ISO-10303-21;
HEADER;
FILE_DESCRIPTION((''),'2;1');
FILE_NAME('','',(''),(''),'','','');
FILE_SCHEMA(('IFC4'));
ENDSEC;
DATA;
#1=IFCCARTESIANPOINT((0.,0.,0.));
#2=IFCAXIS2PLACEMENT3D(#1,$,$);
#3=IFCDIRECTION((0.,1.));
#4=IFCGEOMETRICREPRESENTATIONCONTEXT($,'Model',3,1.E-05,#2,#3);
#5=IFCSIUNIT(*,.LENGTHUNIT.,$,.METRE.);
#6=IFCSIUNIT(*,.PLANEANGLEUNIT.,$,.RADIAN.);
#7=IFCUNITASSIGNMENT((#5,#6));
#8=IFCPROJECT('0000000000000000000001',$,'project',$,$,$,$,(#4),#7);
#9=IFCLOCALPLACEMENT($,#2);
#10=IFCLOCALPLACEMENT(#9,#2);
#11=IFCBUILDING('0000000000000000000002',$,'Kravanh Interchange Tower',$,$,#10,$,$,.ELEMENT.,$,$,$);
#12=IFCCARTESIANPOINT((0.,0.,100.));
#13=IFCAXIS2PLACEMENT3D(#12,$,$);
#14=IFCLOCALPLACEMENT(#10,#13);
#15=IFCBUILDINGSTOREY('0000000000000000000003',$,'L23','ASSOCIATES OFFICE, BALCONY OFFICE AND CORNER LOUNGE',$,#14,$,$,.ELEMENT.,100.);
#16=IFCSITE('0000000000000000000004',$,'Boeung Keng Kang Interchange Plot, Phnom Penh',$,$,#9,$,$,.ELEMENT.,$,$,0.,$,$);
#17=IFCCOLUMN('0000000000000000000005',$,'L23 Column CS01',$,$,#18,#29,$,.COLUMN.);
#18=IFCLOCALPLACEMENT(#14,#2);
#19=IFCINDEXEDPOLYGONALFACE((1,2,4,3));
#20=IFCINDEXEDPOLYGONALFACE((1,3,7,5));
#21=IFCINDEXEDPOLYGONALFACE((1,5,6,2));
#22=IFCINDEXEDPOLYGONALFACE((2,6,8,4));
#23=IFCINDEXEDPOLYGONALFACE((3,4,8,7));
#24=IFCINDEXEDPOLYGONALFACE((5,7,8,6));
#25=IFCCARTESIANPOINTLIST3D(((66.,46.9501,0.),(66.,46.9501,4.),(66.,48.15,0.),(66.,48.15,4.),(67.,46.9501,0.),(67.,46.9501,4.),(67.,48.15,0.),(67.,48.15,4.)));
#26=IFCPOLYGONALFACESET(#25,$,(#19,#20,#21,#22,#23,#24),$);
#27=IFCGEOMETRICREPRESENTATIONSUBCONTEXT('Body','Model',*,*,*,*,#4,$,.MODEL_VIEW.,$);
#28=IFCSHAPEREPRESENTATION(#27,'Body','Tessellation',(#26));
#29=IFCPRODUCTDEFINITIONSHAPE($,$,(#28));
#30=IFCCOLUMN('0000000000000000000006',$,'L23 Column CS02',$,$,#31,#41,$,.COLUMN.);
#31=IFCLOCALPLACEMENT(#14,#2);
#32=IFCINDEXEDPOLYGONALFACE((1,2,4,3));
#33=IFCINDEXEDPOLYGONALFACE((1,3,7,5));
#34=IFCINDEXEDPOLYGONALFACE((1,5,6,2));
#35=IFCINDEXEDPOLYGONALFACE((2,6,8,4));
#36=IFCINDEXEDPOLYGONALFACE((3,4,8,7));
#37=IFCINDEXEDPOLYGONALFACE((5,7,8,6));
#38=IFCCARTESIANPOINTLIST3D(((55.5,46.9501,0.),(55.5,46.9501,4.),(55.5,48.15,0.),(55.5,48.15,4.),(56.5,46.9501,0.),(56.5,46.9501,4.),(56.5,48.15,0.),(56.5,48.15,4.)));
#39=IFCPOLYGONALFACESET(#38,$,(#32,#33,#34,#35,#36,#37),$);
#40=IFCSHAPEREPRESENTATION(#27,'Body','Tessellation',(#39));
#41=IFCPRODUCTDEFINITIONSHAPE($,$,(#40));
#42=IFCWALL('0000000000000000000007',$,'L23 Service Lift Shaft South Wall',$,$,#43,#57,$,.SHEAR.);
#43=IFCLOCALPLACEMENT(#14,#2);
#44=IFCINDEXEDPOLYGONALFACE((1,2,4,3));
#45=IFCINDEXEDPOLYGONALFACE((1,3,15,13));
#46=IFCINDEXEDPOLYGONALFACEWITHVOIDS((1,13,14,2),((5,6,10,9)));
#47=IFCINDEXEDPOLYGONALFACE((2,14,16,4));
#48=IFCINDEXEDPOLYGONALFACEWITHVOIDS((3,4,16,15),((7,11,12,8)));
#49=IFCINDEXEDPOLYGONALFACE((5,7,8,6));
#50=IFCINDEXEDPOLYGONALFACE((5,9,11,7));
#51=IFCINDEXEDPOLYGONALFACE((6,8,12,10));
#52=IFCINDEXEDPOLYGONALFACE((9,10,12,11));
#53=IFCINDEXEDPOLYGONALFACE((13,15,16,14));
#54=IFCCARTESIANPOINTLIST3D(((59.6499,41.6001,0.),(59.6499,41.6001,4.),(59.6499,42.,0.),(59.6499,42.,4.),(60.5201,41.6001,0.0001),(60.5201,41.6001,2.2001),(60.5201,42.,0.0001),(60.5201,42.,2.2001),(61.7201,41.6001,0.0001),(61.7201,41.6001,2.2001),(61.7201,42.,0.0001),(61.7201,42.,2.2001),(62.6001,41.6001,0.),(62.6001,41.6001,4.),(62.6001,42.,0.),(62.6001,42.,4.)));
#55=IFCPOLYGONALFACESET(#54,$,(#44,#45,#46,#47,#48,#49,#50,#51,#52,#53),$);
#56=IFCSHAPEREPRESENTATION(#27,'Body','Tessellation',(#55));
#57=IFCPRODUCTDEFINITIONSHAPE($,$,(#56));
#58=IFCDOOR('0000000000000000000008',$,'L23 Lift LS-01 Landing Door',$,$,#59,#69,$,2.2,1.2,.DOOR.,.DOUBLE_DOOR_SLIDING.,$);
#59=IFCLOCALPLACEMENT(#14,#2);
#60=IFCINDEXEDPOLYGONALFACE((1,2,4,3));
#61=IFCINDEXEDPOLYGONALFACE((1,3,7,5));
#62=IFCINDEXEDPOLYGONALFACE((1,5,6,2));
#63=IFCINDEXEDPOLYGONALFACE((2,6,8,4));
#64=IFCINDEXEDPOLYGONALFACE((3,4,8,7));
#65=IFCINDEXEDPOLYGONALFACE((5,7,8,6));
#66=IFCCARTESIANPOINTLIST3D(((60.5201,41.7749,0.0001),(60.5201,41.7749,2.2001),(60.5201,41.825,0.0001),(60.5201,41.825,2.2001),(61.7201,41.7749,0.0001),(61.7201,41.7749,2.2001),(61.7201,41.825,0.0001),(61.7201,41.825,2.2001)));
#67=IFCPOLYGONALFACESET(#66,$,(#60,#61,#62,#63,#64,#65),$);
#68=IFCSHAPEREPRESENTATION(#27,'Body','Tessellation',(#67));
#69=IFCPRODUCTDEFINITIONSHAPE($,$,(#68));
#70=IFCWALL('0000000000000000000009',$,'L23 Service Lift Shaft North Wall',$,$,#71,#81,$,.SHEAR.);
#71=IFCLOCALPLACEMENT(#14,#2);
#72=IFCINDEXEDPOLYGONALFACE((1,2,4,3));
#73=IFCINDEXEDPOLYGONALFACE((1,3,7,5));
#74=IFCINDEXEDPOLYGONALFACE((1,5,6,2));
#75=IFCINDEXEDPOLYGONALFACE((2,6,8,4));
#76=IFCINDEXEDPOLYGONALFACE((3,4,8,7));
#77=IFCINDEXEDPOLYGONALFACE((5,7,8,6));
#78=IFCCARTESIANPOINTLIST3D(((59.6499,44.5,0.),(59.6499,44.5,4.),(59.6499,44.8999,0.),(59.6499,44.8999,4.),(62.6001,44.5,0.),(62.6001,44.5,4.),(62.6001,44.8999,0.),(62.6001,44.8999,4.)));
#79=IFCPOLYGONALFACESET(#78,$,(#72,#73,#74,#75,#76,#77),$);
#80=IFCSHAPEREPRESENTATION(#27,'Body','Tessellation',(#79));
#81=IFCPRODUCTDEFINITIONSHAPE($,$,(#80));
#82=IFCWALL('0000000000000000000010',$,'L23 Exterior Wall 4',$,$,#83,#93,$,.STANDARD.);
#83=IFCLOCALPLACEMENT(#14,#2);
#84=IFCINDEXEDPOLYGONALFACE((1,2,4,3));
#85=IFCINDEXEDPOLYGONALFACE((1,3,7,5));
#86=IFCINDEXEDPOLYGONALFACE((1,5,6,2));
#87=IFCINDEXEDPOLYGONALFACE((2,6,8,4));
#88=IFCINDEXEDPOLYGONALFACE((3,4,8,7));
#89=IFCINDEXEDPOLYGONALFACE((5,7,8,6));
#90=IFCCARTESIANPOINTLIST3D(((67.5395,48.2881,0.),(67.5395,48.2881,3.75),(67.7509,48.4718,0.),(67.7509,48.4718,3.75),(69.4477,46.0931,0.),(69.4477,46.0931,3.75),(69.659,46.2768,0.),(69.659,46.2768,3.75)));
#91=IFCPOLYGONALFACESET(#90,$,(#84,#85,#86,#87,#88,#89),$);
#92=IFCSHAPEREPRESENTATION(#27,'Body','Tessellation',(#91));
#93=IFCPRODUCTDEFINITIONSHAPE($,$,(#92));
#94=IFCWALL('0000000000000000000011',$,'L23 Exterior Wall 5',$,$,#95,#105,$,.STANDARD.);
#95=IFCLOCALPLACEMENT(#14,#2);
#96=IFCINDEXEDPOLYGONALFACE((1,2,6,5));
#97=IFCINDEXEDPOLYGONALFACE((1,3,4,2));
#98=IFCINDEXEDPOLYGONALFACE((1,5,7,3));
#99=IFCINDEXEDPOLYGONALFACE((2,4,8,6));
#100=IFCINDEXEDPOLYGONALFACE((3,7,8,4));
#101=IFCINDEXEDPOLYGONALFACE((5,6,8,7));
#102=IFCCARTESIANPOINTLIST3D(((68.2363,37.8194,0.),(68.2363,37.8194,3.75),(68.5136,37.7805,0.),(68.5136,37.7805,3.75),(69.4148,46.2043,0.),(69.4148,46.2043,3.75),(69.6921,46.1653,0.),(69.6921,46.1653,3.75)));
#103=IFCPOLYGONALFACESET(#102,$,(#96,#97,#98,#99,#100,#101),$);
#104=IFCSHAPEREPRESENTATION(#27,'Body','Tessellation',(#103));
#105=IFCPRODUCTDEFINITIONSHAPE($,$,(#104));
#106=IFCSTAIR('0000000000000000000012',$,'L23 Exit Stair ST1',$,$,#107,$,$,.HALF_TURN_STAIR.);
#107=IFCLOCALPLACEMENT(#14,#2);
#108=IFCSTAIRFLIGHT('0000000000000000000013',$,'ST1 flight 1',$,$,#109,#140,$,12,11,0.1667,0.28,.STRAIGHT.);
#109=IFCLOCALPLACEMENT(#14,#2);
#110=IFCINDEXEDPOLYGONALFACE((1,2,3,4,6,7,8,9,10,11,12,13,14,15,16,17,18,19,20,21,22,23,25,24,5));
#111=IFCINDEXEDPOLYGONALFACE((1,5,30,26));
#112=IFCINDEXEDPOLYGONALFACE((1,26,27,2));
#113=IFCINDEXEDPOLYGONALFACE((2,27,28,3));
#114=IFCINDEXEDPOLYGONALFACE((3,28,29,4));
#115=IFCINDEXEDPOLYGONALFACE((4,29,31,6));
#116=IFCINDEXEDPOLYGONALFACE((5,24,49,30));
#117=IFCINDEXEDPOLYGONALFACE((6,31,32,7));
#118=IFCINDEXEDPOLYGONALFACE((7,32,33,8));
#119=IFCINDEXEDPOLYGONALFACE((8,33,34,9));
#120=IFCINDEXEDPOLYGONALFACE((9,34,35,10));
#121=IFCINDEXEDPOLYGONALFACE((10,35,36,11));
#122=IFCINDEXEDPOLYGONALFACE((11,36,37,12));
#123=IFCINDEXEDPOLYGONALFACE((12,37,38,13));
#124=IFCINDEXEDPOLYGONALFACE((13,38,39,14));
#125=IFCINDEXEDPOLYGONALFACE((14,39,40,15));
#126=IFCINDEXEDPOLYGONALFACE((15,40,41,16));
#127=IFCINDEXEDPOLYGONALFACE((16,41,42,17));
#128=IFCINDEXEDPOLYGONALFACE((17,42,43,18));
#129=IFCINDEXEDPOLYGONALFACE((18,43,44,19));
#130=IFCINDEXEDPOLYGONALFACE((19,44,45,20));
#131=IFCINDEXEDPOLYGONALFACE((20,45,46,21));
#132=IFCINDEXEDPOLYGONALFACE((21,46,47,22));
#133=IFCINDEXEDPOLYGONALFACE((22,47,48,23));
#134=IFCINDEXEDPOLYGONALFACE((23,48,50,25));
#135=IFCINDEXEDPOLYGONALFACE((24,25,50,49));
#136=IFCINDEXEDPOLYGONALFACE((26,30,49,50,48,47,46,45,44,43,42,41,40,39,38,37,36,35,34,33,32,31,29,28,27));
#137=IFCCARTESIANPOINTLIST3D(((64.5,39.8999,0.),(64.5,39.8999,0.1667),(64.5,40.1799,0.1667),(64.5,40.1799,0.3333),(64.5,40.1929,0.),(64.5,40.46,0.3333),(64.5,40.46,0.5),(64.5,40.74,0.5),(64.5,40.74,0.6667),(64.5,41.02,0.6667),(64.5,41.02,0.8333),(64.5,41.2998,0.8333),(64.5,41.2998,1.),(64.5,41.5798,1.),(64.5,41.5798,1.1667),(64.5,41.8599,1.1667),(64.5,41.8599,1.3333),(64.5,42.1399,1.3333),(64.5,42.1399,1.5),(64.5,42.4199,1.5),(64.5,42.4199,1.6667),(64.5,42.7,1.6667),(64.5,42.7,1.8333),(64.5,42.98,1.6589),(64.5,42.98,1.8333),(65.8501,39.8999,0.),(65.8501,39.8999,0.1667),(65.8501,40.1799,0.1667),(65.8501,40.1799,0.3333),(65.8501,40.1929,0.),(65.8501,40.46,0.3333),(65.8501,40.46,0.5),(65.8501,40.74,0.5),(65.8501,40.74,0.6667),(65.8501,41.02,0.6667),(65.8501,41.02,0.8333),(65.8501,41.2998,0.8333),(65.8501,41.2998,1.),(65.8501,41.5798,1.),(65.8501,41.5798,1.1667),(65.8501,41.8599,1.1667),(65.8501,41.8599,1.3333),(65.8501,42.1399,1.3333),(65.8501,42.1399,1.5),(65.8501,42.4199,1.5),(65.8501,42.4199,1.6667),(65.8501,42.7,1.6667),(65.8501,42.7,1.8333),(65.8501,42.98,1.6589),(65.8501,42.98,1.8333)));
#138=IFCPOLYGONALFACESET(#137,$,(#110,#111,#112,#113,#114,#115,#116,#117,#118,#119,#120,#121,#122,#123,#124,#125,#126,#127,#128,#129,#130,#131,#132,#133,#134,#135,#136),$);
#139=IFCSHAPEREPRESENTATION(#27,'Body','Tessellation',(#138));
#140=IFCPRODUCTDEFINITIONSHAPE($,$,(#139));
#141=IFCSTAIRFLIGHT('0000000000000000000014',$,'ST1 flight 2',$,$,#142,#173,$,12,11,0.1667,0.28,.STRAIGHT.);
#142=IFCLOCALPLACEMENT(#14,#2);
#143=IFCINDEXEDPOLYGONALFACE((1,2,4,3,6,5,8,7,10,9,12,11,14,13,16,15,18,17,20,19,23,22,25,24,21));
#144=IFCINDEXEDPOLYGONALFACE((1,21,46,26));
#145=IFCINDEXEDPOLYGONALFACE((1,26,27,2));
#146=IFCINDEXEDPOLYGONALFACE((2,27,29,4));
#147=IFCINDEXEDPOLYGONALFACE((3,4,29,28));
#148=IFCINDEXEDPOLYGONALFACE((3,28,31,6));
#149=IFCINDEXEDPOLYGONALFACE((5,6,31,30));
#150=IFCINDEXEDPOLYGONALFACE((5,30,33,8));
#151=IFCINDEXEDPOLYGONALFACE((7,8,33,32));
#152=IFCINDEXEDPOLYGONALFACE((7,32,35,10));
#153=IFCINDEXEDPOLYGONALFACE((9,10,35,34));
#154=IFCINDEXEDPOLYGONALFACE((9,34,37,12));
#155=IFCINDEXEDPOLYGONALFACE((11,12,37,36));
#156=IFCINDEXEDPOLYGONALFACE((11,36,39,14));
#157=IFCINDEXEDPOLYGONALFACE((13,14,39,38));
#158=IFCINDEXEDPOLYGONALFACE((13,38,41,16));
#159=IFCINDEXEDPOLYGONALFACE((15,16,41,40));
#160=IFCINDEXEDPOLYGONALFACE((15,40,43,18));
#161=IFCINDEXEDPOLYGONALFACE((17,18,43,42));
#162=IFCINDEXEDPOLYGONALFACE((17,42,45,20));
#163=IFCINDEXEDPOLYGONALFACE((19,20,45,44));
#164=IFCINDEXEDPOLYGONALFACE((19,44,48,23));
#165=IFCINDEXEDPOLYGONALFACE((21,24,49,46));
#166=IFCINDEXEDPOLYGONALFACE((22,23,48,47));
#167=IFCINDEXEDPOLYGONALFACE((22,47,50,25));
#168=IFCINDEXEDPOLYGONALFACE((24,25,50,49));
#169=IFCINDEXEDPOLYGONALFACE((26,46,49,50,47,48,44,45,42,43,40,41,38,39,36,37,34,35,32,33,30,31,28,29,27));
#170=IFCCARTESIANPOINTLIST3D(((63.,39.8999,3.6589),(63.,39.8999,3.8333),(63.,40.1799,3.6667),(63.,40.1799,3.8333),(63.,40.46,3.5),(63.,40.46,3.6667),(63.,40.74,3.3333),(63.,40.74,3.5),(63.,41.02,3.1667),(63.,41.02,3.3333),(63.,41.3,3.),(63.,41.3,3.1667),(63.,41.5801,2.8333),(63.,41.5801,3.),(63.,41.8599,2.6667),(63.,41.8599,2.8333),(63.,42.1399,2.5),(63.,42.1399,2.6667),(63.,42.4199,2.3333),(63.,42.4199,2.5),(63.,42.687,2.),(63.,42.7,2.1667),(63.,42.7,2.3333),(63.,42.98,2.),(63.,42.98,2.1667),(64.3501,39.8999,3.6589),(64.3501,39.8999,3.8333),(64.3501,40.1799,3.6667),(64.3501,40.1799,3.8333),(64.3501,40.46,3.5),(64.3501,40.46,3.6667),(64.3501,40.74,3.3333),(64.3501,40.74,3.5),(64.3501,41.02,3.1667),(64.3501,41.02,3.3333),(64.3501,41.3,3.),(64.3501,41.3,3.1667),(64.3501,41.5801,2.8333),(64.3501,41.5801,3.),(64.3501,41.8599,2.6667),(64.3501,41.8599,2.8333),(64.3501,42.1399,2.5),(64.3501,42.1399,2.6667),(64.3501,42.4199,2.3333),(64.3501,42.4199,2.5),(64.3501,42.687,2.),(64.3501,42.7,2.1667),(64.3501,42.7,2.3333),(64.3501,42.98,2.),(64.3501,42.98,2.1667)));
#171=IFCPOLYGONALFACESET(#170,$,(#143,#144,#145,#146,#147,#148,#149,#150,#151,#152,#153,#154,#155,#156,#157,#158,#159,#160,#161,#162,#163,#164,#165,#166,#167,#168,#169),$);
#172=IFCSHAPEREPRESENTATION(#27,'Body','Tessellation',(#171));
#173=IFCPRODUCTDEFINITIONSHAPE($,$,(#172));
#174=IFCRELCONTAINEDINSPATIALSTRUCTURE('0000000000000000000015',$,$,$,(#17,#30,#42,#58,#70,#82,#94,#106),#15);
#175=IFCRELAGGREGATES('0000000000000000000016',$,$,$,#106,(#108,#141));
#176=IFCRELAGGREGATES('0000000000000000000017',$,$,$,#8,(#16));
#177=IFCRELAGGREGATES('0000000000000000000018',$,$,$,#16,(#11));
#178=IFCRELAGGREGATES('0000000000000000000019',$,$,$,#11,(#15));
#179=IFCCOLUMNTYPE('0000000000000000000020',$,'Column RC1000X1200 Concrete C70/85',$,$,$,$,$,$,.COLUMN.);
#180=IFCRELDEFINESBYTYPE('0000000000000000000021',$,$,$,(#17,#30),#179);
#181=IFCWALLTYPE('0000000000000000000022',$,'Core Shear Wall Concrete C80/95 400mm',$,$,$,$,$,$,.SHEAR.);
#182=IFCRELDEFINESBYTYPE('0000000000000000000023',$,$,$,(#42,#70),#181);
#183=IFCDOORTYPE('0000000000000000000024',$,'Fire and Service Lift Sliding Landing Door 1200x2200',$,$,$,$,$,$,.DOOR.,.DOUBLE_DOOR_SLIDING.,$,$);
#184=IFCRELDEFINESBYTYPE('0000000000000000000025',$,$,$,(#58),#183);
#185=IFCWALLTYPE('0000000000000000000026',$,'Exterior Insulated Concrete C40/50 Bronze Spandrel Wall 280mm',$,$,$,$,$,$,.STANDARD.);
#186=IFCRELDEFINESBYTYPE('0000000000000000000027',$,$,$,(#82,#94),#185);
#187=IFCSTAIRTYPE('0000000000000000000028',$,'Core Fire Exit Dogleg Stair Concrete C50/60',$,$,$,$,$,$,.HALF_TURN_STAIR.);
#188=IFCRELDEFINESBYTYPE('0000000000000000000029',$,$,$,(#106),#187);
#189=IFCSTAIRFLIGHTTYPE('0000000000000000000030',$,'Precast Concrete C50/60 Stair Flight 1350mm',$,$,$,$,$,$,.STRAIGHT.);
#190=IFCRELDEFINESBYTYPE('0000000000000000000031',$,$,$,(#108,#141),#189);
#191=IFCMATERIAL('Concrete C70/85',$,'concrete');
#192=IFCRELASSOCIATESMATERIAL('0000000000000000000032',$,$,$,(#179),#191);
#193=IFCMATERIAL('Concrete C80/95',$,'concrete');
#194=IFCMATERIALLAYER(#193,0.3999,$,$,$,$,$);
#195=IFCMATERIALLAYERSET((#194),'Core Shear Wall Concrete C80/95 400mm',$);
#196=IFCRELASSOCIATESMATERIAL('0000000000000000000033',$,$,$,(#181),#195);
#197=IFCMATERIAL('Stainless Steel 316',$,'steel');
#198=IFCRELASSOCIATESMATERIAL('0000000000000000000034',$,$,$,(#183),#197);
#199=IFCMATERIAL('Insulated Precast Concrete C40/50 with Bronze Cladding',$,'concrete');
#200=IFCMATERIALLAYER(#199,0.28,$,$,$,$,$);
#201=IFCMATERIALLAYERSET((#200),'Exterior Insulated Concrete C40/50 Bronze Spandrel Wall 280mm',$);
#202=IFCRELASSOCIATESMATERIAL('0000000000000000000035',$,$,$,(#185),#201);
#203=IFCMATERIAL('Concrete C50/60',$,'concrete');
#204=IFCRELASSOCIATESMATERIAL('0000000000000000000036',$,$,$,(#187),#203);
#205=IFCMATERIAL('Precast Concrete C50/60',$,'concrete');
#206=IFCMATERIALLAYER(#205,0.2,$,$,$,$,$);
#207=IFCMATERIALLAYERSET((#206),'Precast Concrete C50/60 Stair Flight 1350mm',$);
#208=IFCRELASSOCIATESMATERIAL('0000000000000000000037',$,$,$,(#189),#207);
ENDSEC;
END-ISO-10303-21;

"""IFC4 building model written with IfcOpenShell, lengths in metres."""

from ifc_helpers import new_model, si_unit, direction, frame, frame_2d, origin, origin_2d, place, context, subcontext, project, spatial, polyline, rectangle, outline, extrude, material, layer, layer_set, material_profile, profile_set, type_object, element, fill, aggregate, save


model = new_model("IFC4")

# Units and contexts
model_context = context("Model", 3, precision=1e-05, world=origin(), true_north=direction((0.0, 1.0)))
body_context = subcontext(model_context, "Body", "Model", "MODEL_VIEW")
ifc_project = project(units=[si_unit("LENGTHUNIT", "METRE"), si_unit("PLANEANGLEUNIT", "RADIAN")], contexts=[model_context])

# Site, building, storey
site_placement = place(None, origin())
site = spatial("IfcSite", under=ifc_project, at=site_placement, Name="Boeung Keng Kang Interchange Plot, Phnom Penh", CompositionType="ELEMENT", RefElevation=0.0)
building_placement = place(site_placement, origin())
building = spatial("IfcBuilding", under=site, at=building_placement, Name="Kravanh Interchange Tower", CompositionType="ELEMENT")
storey_placement = place(building_placement, frame((0.0, 0.0, 100.0)))
storey = spatial("IfcBuildingStorey", under=building, at=storey_placement, Name="L23", Description="ASSOCIATES OFFICE, BALCONY OFFICE AND CORNER LOUNGE", CompositionType="ELEMENT", Elevation=100.0)

# Columns
ifc_material_1 = material(Name="Concrete C70/85", Category="concrete")
ifc_material_profile = material_profile(ifc_material_1, rectangle(XDim=1.0, YDim=1.2, at=origin_2d()), Name="RC1000X1200")
ifc_profile_set = profile_set([ifc_material_profile], Name="Concrete C70/85")
column_type = type_object("IfcColumnType", Name="Column RC1000X1200 Concrete C70/85", PredefinedType="COLUMN", material=ifc_profile_set)
for number, where, z_axis, x_axis, name in (
    (1, (66.5, 47.55, 0.0), (0.0, 0.0, 1.0), (1.0, 0.0, 0.0), "L23 Column CS01"),
    (2, (56.0, 47.55, 0.0), (0.0, 0.0, 1.0), (1.0, 0.0, 0.0), "L23 Column CS02"),
):
    element("IfcColumn", number, at=place(storey_placement, frame(where, z_axis=z_axis, x_axis=x_axis)), inside=storey, type_object=column_type, Name=name, PredefinedType="COLUMN", context=body_context, shape_type="SweptSolid", body=[
        extrude(rectangle(XDim=1.0, YDim=1.2, at=origin_2d()), origin(), (0.0, 0.0, 1.0), 4.0),
    ])

# Wall, opening, door
ifc_material_2 = material(Name="Concrete C80/95", Category="concrete")
ifc_layer_1 = layer(ifc_material_2, 0.3999)
ifc_layer_set_1 = layer_set([ifc_layer_1], Name="Core Shear Wall Concrete C80/95 400mm")
wall_type_1 = type_object("IfcWallType", Name="Core Shear Wall Concrete C80/95 400mm", PredefinedType="SHEAR", material=ifc_layer_set_1)
wall_1_placement = place(storey_placement, frame((59.6499, 41.8, 0.0), z_axis=(0.0, 0.0, 1.0), x_axis=(1.0, 0.0, 0.0)))
wall_1 = element("IfcWall", 3, at=wall_1_placement, inside=storey, type_object=wall_type_1, Name="L23 Service Lift Shaft South Wall", PredefinedType="SHEAR", context=body_context, shape_type="SweptSolid", body=[
    extrude(rectangle(XDim=2.9502, YDim=0.3999, at=frame_2d((1.4751, 0.0))), origin(), (0.0, 0.0, 1.0), 4.0),
])
opening_placement = place(wall_1_placement, frame((0.8701, 0.0, 0.0)))
opening = element("IfcOpeningElement", 4, at=opening_placement, cuts=wall_1, PredefinedType="OPENING", context=body_context, shape_type="SweptSolid", body=[
    extrude(rectangle(XDim=1.2, YDim=2.2, at=frame_2d((0.6001, 1.1001))), frame((0.0, 0.21, 0.0), z_axis=(0.0, -1.0, 0.0), x_axis=(1.0, 0.0, 0.0)), (0.0, 0.0, 1.0), 0.4199),
])
ifc_material_3 = material(Name="Stainless Steel 316", Category="steel")
door_type = type_object("IfcDoorType", Name="Fire and Service Lift Sliding Landing Door 1200x2200", OperationType="DOUBLE_DOOR_SLIDING", PredefinedType="DOOR", material=ifc_material_3)
door_placement = place(opening_placement, origin())
door = element("IfcDoor", 5, at=door_placement, inside=storey, type_object=door_type, Name="L23 Lift LS-01 Landing Door", OperationType="DOUBLE_DOOR_SLIDING", OverallHeight=2.2, OverallWidth=1.2, PredefinedType="DOOR", context=body_context, shape_type="SweptSolid", body=[
    extrude(rectangle(XDim=1.2, YDim=2.2, at=frame_2d((0.6001, 1.1001))), frame((0.0, 0.0249, 0.0), z_axis=(0.0, -1.0, 0.0), x_axis=(1.0, 0.0, 0.0)), (0.0, 0.0, 1.0), 0.05),
])
fill(opening, door)

# Walls
wall_2_placement = place(storey_placement, frame((59.6499, 44.7, 0.0), z_axis=(0.0, 0.0, 1.0), x_axis=(1.0, 0.0, 0.0)))
element("IfcWall", 6, at=wall_2_placement, inside=storey, type_object=wall_type_1, Name="L23 Service Lift Shaft North Wall", PredefinedType="SHEAR", context=body_context, shape_type="SweptSolid", body=[
    extrude(rectangle(XDim=2.9502, YDim=0.3999, at=frame_2d((1.4751, 0.0))), origin(), (0.0, 0.0, 1.0), 4.0),
])
ifc_material_4 = material(Name="Insulated Precast Concrete C40/50 with Bronze Cladding", Category="concrete")
ifc_layer_2 = layer(ifc_material_4, 0.28)
ifc_layer_set_2 = layer_set([ifc_layer_2], Name="Exterior Insulated Concrete C40/50 Bronze Spandrel Wall 280mm")
wall_type_2 = type_object("IfcWallType", Name="Exterior Insulated Concrete C40/50 Bronze Spandrel Wall 280mm", PredefinedType="STANDARD", material=ifc_layer_set_2)
wall_3_placement = place(storey_placement, frame((67.6453, 48.3799, 0.0), z_axis=(0.0, 0.0, 1.0), x_axis=(0.656071, -0.754699, 0.0)))
element("IfcWall", 7, at=wall_3_placement, inside=storey, type_object=wall_type_2, Name="L23 Exterior Wall 4", PredefinedType="STANDARD", context=body_context, shape_type="SweptSolid", body=[
    extrude(rectangle(XDim=2.9084, YDim=0.28, at=frame_2d((1.4541, 0.0))), origin(), (0.0, 0.0, 1.0), 3.75),
])
wall_4_placement = place(storey_placement, frame((69.5535, 46.1848, 0.0), z_axis=(0.0, 0.0, 1.0), x_axis=(-0.139181, -0.990267, 0.0)))
element("IfcWall", 8, at=wall_4_placement, inside=storey, type_object=wall_type_2, Name="L23 Exterior Wall 5", PredefinedType="STANDARD", context=body_context, shape_type="SweptSolid", body=[
    extrude(rectangle(XDim=8.4673, YDim=0.28, at=frame_2d((4.2336, 0.0))), origin(), (0.0, 0.0, 1.0), 3.75),
])

# Stair, stair flights
ifc_material_5 = material(Name="Concrete C50/60", Category="concrete")
stair_type = type_object("IfcStairType", Name="Core Fire Exit Dogleg Stair Concrete C50/60", PredefinedType="HALF_TURN_STAIR", material=ifc_material_5)
stair_1_placement = place(storey_placement, origin())
stair_1 = element("IfcStair", 9, at=stair_1_placement, inside=storey, type_object=stair_type, Name="L23 Exit Stair ST1", PredefinedType="HALF_TURN_STAIR")
ifc_material_6 = material(Name="Precast Concrete C50/60", Category="concrete")
ifc_layer_3 = layer(ifc_material_6, 0.2)
ifc_layer_set_3 = layer_set([ifc_layer_3], Name="Precast Concrete C50/60 Stair Flight 1350mm")
stair_flight_type = type_object("IfcStairFlightType", Name="Precast Concrete C50/60 Stair Flight 1350mm", PredefinedType="STRAIGHT", material=ifc_layer_set_3)
stair_flight_1_placement = place(storey_placement, frame((65.175, 39.8999, 0.0), z_axis=(0.0, 0.0, 1.0), x_axis=(0.0, 1.0, 0.0)))
stair_flight_1 = element("IfcStairFlight", 10, at=stair_flight_1_placement, type_object=stair_flight_type, Name="ST1 flight 1", NumberOfRisers=12, NumberOfTreads=11, PredefinedType="STRAIGHT", RiserHeight=0.1667, TreadLength=0.28, context=body_context, shape_type="SweptSolid", body=[
    extrude(outline(polyline([(0.0, 0.0), (0.0, 0.1667), (0.28, 0.1667), (0.28, 0.3333), (0.5601, 0.3333), (0.5601, 0.5), (0.8401, 0.5), (0.8401, 0.6667), (1.1201, 0.6667), (1.1201, 0.8333), (1.3999, 0.8333), (1.3999, 1.0), (1.6799, 1.0), (1.6799, 1.1667), (1.96, 1.1667), (1.96, 1.3333), (2.24, 1.3333), (2.24, 1.5), (2.52, 1.5), (2.52, 1.6667), (2.8, 1.6667), (2.8, 1.8333), (3.0801, 1.8333), (3.0801, 2.0), (3.0801, 1.6589), (0.293, 0.0), (0.0, 0.0)])), frame((0.0, 0.675, 0.0), z_axis=(0.0, -1.0, 0.0), x_axis=(1.0, 0.0, 0.0)), (0.0, 0.0, 1.0), 1.3501),
])
stair_flight_2_placement = place(storey_placement, frame((63.675, 42.98, 2.0), z_axis=(0.0, 0.0, 1.0), x_axis=(0.0, -1.0, 0.0)))
stair_flight_2 = element("IfcStairFlight", 11, at=stair_flight_2_placement, type_object=stair_flight_type, Name="ST1 flight 2", NumberOfRisers=12, NumberOfTreads=11, PredefinedType="STRAIGHT", RiserHeight=0.1667, TreadLength=0.28, context=body_context, shape_type="SweptSolid", body=[
    extrude(outline(polyline([(0.0, 0.0), (0.0, 0.1667), (0.28, 0.1667), (0.28, 0.3333), (0.5601, 0.3333), (0.5601, 0.5), (0.8401, 0.5), (0.8401, 0.6667), (1.1201, 0.6667), (1.1201, 0.8333), (1.3999, 0.8333), (1.3999, 1.0), (1.6799, 1.0), (1.6799, 1.1667), (1.96, 1.1667), (1.96, 1.3333), (2.24, 1.3333), (2.24, 1.5), (2.52, 1.5), (2.52, 1.6667), (2.8, 1.6667), (2.8, 1.8333), (3.0801, 1.8333), (3.0801, 2.0), (3.0801, 1.6589), (0.293, 0.0), (0.0, 0.0)])), frame((0.0, 0.675, 0.0), z_axis=(0.0, -1.0, 0.0), x_axis=(1.0, 0.0, 0.0)), (0.0, 0.0, 1.0), 1.3501),
])
aggregate(stair_1, [stair_flight_1, stair_flight_2])

save(model, "model.ifc")
